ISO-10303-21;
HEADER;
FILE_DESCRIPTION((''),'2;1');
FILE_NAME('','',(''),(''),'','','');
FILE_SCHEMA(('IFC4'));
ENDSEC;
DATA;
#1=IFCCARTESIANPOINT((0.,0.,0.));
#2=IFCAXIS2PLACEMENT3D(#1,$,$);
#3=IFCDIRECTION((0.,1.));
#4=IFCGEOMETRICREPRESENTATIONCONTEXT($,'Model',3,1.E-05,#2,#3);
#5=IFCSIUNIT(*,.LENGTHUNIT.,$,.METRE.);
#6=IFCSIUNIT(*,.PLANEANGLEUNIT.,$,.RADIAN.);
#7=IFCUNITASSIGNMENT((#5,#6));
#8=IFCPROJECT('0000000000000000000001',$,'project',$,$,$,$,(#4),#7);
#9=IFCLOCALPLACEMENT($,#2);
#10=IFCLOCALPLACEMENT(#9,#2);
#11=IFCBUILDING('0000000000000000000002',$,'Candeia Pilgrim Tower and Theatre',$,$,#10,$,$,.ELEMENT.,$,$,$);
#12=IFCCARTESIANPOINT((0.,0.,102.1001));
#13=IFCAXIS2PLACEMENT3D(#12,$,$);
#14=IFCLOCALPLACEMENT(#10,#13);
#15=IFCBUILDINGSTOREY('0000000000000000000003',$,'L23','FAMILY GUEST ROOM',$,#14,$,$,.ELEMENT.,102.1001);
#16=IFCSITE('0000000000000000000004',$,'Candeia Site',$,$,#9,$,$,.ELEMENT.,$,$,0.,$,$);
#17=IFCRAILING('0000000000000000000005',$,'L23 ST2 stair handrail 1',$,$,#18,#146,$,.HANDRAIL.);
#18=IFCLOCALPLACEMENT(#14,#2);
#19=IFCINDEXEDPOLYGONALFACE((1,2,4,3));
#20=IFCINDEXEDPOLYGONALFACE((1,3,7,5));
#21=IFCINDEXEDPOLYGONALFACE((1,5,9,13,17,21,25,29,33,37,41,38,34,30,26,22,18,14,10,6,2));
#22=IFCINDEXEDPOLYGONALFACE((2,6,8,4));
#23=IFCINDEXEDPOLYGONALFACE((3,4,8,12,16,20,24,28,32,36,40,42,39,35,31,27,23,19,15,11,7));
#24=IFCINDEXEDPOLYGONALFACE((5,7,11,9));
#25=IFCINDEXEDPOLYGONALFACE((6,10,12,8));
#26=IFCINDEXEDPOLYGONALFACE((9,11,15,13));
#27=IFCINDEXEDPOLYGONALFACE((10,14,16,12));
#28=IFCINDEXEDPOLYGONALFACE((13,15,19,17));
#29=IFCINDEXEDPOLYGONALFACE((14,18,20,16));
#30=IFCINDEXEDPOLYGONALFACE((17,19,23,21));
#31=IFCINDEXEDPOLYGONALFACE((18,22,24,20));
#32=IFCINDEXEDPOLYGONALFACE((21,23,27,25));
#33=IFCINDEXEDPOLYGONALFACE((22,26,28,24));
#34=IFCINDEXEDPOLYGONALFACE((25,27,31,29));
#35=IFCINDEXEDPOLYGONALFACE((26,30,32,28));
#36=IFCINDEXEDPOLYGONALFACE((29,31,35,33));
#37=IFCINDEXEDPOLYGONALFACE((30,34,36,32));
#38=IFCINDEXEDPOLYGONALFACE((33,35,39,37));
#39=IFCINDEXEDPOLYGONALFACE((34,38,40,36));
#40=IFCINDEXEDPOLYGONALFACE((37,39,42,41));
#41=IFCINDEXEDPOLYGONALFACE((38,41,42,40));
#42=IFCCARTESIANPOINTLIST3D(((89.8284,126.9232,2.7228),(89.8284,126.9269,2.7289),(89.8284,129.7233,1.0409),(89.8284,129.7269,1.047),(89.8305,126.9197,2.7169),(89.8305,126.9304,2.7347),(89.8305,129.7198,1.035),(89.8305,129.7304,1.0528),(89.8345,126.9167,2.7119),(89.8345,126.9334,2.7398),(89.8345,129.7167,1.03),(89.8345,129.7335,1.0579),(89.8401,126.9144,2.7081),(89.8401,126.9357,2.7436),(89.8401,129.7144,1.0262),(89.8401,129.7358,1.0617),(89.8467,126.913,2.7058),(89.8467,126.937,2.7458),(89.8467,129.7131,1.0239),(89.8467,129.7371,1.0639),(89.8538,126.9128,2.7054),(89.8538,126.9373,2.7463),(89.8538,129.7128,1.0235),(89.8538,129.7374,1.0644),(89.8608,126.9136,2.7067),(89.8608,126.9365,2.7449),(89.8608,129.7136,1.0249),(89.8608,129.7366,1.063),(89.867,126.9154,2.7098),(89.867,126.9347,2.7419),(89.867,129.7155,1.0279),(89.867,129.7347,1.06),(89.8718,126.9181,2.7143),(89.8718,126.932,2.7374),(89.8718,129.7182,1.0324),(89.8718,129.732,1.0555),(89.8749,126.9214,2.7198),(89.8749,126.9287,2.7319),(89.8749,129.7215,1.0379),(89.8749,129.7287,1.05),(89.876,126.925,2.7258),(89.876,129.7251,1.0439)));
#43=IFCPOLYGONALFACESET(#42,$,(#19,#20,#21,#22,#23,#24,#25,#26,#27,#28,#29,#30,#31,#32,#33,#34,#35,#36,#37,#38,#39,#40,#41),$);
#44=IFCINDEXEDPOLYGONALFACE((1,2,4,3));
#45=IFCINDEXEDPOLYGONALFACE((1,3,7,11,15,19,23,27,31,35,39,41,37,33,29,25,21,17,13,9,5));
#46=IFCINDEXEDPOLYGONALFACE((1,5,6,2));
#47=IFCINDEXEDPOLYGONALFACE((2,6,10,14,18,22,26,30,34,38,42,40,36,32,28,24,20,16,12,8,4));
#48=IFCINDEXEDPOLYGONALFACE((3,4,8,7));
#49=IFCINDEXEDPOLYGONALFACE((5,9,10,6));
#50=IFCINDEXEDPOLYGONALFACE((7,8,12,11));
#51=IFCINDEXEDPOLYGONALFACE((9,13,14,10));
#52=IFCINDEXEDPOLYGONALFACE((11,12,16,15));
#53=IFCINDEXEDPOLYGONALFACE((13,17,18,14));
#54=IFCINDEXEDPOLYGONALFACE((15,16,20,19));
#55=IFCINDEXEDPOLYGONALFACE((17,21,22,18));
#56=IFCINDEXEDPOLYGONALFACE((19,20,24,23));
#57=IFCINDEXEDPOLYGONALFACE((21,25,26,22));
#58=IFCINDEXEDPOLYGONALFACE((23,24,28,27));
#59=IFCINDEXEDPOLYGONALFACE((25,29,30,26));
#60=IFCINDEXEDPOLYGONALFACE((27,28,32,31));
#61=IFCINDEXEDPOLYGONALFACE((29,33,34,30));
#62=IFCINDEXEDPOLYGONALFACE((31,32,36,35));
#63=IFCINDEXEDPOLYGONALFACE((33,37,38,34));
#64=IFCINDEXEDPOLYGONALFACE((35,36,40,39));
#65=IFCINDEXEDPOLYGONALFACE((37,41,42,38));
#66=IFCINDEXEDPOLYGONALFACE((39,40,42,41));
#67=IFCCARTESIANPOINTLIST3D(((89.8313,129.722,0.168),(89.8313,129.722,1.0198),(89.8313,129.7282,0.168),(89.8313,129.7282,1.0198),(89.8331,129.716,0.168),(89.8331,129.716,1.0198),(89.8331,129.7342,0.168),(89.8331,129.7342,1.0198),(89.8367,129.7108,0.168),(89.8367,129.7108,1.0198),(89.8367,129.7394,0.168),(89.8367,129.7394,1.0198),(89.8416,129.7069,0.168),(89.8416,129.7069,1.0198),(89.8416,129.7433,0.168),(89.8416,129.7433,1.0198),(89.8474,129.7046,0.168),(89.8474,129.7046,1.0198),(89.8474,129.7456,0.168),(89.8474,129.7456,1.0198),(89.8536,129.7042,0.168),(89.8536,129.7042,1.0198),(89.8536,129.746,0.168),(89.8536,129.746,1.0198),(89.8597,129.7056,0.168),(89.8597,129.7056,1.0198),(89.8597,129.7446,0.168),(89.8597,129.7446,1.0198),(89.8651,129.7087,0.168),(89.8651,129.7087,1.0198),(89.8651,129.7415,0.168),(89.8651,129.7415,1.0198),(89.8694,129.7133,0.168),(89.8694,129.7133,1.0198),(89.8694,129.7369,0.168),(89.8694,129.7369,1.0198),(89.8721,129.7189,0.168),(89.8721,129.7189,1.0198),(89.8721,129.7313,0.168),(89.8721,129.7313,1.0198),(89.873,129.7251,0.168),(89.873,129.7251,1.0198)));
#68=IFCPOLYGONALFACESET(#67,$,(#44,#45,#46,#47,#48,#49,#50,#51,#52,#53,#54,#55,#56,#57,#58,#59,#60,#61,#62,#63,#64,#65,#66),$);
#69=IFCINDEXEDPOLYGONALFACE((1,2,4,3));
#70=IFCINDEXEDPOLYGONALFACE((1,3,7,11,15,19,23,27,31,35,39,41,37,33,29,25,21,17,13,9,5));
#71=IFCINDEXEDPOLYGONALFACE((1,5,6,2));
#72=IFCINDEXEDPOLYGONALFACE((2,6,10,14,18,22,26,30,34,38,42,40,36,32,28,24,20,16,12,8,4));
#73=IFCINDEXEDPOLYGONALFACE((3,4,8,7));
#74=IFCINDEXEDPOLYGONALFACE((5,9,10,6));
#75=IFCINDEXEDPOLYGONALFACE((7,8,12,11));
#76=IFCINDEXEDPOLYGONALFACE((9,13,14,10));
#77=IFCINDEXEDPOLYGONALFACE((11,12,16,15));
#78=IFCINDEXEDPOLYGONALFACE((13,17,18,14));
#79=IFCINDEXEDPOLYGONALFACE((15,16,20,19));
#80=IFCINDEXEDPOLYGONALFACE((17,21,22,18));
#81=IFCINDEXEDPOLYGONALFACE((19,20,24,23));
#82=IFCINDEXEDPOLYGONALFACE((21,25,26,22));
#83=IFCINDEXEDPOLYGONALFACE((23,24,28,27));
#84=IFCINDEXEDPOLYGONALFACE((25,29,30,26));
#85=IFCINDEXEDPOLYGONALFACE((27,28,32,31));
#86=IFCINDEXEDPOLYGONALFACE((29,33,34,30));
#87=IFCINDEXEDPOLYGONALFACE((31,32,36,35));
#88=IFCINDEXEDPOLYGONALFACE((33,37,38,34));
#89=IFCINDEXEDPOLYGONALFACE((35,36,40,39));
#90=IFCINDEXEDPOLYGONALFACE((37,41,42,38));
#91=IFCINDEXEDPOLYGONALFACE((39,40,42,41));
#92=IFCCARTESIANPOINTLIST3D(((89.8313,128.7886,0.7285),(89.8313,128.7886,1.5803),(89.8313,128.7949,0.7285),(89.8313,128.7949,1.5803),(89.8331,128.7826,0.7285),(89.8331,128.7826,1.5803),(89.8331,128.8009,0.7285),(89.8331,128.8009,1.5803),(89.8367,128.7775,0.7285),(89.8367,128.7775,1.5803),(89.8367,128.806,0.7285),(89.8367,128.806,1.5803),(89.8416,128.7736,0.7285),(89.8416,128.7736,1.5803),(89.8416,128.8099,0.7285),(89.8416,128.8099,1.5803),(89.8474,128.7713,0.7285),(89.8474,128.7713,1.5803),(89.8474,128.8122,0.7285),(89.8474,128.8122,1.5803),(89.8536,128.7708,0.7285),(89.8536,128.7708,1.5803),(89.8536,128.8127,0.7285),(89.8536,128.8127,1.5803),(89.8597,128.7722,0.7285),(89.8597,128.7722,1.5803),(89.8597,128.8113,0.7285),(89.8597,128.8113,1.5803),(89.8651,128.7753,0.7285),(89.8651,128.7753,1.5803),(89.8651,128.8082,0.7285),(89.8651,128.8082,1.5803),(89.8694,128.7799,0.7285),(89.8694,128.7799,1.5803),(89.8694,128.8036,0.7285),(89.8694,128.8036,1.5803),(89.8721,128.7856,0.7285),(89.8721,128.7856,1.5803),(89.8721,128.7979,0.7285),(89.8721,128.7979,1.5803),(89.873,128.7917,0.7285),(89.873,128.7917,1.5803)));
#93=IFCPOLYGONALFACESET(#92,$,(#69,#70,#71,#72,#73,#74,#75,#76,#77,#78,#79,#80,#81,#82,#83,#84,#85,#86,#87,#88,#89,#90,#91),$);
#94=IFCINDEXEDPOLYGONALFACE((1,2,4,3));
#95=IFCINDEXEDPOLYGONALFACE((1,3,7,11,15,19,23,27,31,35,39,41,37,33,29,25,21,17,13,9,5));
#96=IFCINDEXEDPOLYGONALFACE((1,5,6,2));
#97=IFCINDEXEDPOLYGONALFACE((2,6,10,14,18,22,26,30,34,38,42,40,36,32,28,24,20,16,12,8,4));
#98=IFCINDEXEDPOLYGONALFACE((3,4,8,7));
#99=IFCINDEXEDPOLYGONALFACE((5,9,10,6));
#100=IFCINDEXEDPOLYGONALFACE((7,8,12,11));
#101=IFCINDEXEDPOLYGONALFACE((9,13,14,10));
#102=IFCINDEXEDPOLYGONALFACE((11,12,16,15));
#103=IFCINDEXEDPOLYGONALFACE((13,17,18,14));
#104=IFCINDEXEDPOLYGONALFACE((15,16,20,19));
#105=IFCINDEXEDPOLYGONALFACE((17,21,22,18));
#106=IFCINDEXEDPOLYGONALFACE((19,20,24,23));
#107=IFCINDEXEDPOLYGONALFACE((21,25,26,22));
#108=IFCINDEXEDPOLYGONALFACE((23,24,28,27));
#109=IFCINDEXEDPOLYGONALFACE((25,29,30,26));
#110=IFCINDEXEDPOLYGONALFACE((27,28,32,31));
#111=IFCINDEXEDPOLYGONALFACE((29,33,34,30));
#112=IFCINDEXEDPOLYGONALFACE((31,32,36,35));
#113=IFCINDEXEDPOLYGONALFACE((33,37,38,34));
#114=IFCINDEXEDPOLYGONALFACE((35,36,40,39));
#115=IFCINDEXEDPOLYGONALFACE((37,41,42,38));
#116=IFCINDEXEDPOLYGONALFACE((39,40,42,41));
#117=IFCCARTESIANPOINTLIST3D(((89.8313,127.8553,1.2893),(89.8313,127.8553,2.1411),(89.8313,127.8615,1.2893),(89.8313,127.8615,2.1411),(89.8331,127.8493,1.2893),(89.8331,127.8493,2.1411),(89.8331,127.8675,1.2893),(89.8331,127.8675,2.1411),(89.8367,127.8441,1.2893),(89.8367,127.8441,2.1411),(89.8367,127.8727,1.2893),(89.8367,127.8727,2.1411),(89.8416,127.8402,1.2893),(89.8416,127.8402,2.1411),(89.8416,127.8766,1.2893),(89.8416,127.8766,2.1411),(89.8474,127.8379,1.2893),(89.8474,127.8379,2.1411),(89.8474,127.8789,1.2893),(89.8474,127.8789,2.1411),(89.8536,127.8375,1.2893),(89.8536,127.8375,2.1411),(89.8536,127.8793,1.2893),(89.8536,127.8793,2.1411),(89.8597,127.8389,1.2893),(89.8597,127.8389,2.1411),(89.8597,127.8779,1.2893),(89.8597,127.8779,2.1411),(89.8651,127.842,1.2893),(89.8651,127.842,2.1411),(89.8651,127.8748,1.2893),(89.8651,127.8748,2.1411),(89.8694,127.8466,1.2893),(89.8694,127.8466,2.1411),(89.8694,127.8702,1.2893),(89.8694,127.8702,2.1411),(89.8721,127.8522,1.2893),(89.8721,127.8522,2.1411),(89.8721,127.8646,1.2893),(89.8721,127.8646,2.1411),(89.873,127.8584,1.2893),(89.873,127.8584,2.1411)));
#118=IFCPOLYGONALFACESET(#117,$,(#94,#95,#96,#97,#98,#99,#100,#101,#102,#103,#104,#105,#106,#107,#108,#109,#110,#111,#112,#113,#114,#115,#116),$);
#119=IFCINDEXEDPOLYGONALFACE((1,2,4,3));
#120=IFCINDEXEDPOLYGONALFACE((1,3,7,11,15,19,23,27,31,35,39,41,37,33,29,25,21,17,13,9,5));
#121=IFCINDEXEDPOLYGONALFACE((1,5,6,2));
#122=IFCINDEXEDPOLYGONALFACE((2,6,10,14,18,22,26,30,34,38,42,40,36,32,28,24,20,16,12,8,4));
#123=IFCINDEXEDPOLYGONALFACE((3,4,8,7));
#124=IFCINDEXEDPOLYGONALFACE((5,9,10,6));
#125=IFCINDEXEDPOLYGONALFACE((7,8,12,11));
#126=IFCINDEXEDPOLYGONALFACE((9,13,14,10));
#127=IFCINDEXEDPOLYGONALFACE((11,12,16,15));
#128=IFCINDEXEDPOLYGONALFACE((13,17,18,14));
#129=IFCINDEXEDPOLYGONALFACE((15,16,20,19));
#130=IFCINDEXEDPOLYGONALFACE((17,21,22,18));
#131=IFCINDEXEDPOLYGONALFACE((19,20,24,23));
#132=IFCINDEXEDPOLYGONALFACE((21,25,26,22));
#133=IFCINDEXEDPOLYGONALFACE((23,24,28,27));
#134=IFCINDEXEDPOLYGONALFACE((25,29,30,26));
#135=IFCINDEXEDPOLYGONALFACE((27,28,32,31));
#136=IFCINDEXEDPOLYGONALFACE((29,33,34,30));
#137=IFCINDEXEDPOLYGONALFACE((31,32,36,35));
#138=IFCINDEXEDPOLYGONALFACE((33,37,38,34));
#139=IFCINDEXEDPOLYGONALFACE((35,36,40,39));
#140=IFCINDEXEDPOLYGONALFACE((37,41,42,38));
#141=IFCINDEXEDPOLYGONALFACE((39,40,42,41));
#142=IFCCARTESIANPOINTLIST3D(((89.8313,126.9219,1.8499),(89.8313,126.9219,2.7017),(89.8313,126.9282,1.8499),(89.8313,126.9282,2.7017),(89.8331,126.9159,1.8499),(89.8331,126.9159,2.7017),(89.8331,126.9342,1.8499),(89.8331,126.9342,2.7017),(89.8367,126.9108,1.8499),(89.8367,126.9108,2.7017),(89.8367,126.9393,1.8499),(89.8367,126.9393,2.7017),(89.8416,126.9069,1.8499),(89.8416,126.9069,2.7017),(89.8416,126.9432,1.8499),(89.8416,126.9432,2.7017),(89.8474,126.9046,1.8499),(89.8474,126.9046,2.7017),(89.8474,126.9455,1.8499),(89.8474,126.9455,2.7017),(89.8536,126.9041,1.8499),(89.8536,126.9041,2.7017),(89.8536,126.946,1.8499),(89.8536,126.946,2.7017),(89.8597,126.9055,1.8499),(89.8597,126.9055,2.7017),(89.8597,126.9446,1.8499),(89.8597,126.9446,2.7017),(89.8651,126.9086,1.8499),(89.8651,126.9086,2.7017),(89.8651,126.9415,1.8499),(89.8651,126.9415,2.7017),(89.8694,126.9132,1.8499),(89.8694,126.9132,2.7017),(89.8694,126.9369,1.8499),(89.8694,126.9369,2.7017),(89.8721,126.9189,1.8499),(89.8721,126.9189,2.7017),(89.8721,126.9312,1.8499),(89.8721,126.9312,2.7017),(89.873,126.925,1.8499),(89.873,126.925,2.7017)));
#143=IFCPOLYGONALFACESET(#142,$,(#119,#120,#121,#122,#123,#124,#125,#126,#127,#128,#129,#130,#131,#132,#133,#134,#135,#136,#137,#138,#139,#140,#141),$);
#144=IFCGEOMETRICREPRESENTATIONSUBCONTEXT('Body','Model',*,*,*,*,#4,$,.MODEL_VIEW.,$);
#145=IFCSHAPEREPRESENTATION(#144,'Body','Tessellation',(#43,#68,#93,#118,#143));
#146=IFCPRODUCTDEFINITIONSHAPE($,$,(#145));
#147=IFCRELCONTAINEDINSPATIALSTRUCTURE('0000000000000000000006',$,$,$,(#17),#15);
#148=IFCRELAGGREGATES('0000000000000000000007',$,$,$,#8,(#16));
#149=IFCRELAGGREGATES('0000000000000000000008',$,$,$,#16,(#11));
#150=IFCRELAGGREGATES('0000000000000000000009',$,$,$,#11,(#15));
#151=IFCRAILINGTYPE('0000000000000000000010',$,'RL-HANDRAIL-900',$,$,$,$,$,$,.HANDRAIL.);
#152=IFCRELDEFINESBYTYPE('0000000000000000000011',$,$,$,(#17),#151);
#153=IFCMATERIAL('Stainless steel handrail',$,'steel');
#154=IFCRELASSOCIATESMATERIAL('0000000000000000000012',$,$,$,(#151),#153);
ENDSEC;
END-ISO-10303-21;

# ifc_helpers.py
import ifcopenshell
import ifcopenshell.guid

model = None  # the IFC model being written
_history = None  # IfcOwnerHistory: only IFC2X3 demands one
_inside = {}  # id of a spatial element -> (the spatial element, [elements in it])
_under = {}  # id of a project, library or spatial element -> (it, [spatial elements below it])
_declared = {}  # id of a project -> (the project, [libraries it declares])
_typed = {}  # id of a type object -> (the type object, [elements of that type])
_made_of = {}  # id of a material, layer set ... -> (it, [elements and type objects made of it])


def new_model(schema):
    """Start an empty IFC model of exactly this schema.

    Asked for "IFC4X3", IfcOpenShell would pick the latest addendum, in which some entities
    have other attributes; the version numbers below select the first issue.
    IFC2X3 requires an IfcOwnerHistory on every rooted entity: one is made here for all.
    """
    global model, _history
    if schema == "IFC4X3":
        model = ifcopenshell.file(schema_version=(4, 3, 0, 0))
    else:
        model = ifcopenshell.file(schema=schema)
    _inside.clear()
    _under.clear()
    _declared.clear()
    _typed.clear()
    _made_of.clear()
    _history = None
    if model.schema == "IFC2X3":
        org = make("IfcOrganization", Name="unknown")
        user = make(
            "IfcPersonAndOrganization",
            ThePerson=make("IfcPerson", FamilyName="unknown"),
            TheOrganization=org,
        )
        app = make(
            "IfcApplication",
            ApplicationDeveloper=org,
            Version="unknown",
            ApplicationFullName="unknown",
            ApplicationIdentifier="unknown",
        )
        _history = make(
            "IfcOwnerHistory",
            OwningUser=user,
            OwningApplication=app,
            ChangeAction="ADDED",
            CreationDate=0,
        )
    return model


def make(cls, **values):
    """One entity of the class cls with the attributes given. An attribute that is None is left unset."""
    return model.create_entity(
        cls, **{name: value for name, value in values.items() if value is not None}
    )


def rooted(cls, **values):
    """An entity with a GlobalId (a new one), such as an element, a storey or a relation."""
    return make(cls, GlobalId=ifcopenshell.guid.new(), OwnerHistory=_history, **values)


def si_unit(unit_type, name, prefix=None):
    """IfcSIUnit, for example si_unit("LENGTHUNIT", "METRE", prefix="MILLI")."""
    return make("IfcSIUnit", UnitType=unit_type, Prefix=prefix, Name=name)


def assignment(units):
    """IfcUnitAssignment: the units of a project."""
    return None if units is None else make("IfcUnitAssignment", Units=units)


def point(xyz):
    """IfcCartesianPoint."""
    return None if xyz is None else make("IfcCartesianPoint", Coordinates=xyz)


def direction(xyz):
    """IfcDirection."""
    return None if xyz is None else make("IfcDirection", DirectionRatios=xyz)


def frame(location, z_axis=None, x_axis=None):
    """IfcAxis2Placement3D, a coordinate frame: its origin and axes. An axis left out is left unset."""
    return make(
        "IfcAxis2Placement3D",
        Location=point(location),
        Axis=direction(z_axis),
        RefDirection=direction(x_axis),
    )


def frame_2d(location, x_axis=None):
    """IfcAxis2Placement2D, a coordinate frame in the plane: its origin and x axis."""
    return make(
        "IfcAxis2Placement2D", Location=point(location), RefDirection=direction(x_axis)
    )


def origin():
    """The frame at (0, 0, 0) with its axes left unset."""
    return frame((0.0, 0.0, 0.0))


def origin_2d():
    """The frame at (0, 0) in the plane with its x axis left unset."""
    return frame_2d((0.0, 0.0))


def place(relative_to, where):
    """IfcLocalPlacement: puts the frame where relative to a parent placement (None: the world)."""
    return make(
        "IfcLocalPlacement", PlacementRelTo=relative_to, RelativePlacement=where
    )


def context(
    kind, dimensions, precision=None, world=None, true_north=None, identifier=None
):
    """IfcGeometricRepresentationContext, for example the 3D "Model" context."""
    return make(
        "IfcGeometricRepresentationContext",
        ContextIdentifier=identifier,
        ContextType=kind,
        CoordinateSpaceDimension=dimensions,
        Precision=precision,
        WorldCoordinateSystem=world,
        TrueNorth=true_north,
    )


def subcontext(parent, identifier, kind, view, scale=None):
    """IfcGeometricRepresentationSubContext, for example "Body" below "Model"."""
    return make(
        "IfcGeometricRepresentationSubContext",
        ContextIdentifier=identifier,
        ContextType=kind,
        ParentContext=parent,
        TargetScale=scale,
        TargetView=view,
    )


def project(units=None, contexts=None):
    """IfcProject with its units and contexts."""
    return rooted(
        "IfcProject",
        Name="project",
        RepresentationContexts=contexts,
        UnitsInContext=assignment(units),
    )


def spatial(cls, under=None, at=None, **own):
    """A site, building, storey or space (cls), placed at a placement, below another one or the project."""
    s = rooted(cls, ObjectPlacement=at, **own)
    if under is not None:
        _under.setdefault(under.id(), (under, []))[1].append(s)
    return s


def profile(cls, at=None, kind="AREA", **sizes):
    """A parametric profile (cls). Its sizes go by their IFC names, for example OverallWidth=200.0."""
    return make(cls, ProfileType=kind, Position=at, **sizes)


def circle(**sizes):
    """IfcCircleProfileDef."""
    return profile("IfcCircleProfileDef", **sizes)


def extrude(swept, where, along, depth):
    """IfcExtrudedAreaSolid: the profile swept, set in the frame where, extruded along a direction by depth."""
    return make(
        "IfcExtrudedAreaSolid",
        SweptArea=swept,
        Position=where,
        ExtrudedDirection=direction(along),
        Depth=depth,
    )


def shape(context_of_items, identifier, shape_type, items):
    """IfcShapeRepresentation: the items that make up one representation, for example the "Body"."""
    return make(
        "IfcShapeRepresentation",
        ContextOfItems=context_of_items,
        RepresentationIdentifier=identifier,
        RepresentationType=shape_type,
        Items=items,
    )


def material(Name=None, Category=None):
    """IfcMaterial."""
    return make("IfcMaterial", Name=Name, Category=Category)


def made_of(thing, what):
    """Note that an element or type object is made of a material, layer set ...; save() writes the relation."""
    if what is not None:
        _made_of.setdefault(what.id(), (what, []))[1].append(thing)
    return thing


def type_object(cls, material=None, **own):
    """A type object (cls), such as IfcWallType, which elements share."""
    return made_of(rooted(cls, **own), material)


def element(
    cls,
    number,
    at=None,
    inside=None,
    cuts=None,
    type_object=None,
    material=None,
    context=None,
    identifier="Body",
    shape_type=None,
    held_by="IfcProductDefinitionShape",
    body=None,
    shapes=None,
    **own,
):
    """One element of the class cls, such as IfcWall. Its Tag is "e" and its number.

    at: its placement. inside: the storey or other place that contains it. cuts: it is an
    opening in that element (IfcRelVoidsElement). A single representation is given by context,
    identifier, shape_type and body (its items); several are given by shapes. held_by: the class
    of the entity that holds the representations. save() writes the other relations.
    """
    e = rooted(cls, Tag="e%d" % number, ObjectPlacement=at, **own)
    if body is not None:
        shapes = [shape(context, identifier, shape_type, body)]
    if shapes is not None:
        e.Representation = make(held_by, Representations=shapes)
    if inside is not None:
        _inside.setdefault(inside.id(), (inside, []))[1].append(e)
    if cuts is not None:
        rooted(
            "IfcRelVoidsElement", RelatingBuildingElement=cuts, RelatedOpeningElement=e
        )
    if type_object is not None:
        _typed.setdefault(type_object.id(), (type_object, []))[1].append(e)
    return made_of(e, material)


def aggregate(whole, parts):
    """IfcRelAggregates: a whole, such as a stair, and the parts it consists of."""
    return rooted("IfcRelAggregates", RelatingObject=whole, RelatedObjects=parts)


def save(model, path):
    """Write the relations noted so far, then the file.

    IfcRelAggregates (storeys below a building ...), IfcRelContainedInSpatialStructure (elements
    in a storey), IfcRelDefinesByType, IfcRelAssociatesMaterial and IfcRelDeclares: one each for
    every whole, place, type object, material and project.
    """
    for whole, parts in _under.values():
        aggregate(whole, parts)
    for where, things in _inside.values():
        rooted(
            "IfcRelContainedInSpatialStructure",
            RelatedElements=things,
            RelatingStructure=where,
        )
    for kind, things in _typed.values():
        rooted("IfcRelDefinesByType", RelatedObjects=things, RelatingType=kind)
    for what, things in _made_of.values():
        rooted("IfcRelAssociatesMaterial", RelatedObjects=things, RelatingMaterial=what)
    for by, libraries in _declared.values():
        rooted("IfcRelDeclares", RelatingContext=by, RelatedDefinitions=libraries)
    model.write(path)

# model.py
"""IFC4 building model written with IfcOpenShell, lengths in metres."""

from ifc_helpers import new_model, si_unit, direction, frame, origin, origin_2d, place, context, subcontext, project, spatial, circle, extrude, material, type_object, element, save


model = new_model("IFC4")

# Units and contexts
model_context = context("Model", 3, precision=1e-05, world=origin(), true_north=direction((0.0, 1.0)))
body_context = subcontext(model_context, "Body", "Model", "MODEL_VIEW")
ifc_project = project(units=[si_unit("LENGTHUNIT", "METRE"), si_unit("PLANEANGLEUNIT", "RADIAN")], contexts=[model_context])

# Site, building, storey
site_placement = place(None, origin())
site = spatial("IfcSite", under=ifc_project, at=site_placement, Name="Candeia Site", CompositionType="ELEMENT", RefElevation=0.0)
building_placement = place(site_placement, origin())
building = spatial("IfcBuilding", under=site, at=building_placement, Name="Candeia Pilgrim Tower and Theatre", CompositionType="ELEMENT")
storey_placement = place(building_placement, frame((0.0, 0.0, 102.1001)))
storey = spatial("IfcBuildingStorey", under=building, at=storey_placement, Name="L23", Description="FAMILY GUEST ROOM", CompositionType="ELEMENT", Elevation=102.1001)

# Railing
ifc_material_1 = material(Name="Stainless steel handrail", Category="steel")
railing_type_1 = type_object("IfcRailingType", Name="RL-HANDRAIL-900", PredefinedType="HANDRAIL", material=ifc_material_1)
railing_1_placement = place(storey_placement, frame((89.8521, 129.7251, 0.168)))
element("IfcRailing", 1, at=railing_1_placement, inside=storey, type_object=railing_type_1, Name="L23 ST2 stair handrail 1", PredefinedType="HANDRAIL", context=body_context, shape_type="SweptSolid", body=[
    extrude(circle(Radius=0.0239, at=origin_2d()), frame((0.0, 0.0, 0.876), z_axis=(0.0, -0.857242, 0.514913), x_axis=(1.0, 0.0, 0.0)), (0.0, 0.0, 1.0), 3.2664),
    extrude(circle(Radius=0.021, at=origin_2d()), origin(), (0.0, 0.0, 1.0), 0.8518),
    extrude(circle(Radius=0.021, at=origin_2d()), frame((0.0, -0.9333, 0.5605)), (0.0, 0.0, 1.0), 0.8518),
    extrude(circle(Radius=0.021, at=origin_2d()), frame((0.0, -1.8667, 1.1213)), (0.0, 0.0, 1.0), 0.8518),
    extrude(circle(Radius=0.021, at=origin_2d()), frame((0.0, -2.8, 1.6819)), (0.0, 0.0, 1.0), 0.8518),
])

save(model, "model.ifc")
